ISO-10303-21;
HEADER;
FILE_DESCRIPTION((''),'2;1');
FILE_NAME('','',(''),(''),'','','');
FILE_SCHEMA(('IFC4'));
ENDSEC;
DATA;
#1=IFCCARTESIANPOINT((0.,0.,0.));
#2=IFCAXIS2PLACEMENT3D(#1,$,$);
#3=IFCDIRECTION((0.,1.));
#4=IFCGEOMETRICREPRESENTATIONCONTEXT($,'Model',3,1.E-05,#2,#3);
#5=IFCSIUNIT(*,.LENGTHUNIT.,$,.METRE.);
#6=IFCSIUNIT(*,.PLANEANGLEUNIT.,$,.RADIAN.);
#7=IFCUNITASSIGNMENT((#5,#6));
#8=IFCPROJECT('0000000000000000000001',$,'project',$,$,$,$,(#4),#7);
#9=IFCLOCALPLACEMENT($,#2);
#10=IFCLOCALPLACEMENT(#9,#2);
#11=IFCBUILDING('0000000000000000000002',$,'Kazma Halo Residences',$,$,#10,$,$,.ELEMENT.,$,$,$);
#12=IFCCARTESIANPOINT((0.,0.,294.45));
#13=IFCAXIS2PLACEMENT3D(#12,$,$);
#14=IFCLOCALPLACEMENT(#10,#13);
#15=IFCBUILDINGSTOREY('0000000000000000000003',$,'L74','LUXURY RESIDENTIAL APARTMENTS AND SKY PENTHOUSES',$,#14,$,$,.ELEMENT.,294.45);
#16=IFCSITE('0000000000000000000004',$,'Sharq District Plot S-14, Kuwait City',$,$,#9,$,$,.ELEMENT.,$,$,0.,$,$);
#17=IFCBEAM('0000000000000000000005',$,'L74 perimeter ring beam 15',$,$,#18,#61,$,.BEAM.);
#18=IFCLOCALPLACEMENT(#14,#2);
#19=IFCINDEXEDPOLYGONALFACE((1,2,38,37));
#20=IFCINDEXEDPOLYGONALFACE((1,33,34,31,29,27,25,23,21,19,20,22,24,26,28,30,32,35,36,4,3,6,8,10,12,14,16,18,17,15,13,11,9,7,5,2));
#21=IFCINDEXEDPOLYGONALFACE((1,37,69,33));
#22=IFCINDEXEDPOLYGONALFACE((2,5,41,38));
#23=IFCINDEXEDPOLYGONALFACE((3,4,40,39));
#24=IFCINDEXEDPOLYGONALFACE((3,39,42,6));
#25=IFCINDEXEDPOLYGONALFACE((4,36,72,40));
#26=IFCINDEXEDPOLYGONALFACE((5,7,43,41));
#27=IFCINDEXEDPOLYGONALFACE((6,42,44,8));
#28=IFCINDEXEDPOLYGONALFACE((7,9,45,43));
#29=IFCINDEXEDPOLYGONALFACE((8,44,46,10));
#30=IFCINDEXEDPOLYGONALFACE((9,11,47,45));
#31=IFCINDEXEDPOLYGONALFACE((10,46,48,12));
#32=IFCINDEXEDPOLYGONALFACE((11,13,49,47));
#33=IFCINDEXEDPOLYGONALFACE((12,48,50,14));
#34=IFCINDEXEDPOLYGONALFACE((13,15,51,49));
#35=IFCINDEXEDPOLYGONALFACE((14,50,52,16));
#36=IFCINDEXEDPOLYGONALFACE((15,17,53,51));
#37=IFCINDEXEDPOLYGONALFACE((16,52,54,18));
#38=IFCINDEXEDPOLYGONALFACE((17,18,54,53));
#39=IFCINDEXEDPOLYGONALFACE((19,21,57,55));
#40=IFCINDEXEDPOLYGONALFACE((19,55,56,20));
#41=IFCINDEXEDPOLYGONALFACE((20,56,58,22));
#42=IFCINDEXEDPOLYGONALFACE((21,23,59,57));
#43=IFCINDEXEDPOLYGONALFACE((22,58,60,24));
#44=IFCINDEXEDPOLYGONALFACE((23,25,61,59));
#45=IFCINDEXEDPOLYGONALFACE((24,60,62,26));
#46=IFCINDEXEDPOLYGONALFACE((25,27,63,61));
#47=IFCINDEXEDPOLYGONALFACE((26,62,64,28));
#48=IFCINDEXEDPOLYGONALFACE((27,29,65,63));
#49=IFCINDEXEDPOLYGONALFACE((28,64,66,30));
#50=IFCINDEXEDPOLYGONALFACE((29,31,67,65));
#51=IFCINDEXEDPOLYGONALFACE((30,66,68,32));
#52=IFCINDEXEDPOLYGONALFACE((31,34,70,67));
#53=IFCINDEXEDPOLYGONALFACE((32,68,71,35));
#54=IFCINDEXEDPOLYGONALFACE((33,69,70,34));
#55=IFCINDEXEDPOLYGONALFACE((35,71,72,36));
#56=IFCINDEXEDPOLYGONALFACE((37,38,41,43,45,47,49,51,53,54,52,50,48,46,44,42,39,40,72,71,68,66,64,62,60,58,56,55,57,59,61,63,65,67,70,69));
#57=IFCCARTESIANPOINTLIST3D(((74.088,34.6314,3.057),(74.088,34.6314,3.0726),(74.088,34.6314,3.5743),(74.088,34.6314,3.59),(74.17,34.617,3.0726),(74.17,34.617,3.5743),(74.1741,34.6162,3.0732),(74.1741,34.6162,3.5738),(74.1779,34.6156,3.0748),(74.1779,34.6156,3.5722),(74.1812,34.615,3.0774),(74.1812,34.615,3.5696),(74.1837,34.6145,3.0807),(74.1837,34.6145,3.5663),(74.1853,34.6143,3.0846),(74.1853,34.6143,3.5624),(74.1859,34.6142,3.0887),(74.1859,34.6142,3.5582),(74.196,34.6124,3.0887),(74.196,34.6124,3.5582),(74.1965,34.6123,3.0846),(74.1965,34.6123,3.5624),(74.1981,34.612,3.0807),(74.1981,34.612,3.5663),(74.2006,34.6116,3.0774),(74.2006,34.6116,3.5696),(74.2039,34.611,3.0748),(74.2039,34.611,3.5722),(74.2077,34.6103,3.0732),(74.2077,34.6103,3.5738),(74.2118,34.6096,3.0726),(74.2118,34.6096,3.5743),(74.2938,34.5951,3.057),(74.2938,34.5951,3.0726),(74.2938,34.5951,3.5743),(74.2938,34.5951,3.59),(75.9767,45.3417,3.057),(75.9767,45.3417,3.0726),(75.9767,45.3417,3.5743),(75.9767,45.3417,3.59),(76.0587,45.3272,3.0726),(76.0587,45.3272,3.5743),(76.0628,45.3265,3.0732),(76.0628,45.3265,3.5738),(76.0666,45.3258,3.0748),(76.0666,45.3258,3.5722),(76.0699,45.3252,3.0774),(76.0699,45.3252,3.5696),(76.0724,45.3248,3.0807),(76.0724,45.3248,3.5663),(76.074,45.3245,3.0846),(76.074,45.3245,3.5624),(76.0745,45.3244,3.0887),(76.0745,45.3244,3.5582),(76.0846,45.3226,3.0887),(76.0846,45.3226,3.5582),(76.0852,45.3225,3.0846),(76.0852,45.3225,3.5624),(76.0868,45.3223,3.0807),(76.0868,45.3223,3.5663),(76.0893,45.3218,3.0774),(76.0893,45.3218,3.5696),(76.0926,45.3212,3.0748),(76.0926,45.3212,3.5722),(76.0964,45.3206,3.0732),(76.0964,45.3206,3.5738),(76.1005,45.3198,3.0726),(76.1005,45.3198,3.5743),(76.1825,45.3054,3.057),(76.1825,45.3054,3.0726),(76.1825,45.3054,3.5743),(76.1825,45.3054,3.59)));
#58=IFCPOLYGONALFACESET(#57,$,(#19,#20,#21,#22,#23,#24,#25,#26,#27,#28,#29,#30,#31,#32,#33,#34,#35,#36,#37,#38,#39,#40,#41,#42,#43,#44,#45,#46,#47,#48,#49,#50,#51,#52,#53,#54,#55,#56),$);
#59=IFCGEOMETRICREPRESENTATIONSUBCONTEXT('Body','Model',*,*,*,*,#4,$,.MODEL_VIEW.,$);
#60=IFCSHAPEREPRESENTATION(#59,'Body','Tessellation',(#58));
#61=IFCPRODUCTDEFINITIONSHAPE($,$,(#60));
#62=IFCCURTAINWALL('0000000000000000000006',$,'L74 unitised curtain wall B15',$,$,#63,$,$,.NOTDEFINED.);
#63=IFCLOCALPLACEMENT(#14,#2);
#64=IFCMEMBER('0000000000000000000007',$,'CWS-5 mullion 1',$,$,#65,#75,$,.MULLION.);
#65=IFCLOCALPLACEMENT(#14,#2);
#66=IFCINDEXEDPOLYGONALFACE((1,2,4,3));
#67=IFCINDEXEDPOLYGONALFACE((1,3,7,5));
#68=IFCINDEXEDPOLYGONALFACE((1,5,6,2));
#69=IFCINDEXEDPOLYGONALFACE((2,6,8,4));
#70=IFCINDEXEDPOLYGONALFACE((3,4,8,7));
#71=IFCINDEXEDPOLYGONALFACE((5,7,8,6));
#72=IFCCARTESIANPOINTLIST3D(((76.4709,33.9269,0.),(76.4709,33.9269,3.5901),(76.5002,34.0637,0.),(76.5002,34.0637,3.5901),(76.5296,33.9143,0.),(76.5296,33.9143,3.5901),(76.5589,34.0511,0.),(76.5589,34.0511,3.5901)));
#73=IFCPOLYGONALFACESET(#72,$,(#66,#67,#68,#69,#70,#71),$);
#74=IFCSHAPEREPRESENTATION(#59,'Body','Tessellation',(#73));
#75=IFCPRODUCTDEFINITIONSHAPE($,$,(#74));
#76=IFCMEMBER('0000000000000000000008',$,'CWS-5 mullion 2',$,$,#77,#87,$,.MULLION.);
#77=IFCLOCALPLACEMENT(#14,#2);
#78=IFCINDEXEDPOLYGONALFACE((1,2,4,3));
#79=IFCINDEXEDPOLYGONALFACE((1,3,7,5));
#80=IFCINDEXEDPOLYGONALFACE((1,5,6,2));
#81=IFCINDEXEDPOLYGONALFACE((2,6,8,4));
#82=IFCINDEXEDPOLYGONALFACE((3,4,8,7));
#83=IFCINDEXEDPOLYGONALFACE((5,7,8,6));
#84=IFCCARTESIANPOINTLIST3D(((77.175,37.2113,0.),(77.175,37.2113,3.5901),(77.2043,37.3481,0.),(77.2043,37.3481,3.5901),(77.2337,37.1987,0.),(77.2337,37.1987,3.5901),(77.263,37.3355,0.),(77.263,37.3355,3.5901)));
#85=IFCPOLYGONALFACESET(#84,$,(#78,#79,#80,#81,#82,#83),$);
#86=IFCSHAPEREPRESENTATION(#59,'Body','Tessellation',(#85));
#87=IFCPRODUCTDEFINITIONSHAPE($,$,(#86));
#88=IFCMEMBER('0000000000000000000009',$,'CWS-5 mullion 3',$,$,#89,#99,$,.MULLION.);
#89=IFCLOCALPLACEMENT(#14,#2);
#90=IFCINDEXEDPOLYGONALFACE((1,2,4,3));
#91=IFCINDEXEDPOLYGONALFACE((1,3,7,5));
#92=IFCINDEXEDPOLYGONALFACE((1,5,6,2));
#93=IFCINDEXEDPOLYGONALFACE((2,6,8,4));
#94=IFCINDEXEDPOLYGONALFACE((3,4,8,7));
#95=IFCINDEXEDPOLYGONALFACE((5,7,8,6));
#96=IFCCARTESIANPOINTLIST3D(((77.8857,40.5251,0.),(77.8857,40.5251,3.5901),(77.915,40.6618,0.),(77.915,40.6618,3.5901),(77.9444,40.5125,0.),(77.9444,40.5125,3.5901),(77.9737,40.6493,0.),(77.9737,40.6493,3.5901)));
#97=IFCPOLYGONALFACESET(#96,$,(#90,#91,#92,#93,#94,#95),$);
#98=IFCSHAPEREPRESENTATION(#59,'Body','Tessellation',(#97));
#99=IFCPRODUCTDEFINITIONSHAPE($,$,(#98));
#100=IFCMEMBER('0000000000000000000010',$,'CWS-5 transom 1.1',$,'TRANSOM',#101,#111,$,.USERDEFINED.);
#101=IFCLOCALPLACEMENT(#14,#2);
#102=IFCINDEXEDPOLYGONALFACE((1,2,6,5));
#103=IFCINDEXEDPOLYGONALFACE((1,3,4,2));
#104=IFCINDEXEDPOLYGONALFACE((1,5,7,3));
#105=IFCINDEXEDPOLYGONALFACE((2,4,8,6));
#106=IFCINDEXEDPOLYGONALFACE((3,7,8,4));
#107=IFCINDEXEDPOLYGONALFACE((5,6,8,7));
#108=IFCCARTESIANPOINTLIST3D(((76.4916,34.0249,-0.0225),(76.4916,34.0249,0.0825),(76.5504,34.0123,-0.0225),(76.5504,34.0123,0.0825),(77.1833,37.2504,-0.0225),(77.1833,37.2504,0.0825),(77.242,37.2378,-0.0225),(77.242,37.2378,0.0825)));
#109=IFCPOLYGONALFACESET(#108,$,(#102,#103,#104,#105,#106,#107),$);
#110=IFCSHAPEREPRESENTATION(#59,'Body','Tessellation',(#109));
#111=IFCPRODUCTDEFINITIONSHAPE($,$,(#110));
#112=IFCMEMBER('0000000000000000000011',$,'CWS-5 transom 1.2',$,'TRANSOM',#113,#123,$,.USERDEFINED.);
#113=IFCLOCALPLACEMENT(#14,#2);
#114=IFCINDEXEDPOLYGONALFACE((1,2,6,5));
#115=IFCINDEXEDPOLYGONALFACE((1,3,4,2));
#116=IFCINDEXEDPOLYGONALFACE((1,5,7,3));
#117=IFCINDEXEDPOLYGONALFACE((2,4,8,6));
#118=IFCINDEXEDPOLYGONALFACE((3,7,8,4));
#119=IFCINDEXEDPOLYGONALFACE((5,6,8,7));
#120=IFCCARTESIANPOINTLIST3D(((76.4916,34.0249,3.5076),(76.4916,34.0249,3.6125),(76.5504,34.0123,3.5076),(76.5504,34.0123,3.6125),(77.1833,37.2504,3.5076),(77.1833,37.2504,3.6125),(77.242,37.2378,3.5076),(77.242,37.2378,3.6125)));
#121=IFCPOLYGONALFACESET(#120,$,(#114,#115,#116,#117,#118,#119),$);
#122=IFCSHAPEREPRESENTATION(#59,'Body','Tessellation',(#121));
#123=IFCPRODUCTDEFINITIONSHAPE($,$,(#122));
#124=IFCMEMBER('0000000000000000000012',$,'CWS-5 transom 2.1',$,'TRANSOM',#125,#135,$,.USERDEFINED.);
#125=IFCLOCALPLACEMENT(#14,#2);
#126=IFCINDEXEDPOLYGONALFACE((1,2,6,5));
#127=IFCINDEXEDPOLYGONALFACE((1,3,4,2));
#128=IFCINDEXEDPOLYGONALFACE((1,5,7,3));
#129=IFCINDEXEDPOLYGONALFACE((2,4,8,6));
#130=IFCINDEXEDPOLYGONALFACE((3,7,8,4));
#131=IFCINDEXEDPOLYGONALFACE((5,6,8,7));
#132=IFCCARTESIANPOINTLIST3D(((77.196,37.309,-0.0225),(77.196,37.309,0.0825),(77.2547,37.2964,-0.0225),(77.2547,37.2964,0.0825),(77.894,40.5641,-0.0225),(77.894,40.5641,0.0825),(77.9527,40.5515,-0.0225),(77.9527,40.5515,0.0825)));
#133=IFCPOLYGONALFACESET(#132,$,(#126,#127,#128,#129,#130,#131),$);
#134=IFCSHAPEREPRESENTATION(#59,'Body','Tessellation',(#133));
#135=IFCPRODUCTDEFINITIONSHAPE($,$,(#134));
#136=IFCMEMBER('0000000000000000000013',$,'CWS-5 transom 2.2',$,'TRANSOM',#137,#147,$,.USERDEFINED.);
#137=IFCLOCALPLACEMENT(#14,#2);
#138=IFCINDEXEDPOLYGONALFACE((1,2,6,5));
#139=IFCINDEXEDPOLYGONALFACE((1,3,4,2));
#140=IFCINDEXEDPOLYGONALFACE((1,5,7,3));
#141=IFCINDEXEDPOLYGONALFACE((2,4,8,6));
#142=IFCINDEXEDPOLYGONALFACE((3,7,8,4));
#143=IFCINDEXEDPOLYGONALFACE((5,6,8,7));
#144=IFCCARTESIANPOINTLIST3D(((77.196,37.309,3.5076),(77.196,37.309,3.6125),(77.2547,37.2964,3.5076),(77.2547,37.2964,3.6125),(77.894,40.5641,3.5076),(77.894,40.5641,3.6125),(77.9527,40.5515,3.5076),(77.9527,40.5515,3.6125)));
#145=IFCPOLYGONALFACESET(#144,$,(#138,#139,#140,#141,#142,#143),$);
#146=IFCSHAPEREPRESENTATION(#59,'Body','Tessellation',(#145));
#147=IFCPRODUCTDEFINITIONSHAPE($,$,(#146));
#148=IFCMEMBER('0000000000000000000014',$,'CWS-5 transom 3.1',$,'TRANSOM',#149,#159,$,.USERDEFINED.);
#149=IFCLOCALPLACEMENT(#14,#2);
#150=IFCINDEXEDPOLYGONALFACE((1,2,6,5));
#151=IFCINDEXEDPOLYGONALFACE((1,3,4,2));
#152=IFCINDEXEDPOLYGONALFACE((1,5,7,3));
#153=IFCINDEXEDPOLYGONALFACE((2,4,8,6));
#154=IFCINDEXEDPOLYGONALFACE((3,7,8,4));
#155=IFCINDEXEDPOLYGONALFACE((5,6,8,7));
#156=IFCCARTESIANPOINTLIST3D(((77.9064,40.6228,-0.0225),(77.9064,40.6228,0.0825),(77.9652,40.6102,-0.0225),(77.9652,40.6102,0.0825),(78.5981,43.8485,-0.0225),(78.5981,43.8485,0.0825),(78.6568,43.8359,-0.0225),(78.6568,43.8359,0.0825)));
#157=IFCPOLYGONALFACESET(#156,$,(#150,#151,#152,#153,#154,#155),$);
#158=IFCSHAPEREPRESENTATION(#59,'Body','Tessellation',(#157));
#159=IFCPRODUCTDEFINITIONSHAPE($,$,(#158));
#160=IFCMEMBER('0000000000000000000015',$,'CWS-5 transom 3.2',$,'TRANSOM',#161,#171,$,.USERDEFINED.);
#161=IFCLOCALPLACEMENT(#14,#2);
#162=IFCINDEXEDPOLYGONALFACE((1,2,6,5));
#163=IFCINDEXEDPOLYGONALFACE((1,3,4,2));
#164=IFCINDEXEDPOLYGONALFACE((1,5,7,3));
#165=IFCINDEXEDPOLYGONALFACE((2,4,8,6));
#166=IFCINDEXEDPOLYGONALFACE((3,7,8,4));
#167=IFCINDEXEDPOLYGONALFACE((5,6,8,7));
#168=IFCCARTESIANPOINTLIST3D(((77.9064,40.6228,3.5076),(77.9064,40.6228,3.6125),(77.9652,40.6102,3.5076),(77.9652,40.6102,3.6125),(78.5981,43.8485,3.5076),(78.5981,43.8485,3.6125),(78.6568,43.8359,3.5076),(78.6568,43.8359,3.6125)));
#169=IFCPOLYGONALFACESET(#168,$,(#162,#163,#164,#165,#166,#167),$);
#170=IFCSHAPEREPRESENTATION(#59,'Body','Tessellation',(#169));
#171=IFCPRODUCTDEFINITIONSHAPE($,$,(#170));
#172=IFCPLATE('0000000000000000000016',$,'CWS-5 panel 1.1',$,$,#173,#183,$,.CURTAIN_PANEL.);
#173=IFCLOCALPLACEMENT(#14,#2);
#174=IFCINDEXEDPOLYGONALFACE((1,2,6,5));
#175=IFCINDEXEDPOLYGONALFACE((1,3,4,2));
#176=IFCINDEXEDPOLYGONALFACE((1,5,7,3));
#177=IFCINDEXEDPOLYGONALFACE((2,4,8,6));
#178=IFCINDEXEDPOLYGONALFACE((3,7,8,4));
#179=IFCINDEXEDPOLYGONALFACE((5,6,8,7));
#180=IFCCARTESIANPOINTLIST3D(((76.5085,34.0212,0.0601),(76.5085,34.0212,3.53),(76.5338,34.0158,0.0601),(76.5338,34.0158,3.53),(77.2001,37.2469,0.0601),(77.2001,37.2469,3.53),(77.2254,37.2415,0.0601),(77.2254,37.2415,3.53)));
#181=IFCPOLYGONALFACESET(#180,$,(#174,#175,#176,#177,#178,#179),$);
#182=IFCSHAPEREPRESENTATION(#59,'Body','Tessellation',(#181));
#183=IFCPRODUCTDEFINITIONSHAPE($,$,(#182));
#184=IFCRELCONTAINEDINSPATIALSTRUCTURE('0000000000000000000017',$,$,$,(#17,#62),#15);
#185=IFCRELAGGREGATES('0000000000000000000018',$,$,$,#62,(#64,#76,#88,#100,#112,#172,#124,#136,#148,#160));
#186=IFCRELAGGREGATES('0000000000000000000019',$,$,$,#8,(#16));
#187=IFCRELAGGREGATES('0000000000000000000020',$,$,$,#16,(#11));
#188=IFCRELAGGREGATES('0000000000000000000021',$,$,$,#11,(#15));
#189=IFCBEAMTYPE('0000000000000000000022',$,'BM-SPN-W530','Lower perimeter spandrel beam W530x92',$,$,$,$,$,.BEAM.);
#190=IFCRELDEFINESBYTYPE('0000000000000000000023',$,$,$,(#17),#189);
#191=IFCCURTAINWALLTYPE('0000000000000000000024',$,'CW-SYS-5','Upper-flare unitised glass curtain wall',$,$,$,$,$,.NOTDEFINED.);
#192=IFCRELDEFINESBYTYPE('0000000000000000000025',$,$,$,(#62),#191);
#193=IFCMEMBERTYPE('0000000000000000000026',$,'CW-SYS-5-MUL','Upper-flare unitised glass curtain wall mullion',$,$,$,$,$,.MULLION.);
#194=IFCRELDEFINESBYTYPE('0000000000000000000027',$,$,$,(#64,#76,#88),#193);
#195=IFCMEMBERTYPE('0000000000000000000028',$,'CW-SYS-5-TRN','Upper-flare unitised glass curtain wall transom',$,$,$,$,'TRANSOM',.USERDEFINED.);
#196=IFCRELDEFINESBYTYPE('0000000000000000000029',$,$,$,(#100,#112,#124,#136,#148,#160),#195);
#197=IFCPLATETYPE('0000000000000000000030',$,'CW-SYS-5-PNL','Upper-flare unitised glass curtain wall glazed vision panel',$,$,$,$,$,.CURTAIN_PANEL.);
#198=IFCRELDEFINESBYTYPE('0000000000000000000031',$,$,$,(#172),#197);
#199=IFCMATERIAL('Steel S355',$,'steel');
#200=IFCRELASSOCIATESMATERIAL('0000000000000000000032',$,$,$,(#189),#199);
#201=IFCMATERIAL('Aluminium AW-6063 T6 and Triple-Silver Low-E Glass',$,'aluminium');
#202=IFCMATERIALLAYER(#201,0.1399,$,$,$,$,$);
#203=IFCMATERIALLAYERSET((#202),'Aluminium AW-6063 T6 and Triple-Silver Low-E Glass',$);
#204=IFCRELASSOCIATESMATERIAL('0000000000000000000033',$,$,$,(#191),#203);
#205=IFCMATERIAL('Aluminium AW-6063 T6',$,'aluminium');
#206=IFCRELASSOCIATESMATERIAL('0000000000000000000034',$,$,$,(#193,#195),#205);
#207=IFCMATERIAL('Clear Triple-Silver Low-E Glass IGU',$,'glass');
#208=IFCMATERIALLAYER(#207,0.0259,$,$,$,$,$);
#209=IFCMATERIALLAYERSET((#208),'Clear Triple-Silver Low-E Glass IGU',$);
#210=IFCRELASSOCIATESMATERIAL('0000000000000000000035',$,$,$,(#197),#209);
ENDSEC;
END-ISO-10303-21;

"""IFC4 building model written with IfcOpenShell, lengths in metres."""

from ifc_helpers import new_model, si_unit, direction, frame, origin, origin_2d, place, context, subcontext, project, spatial, rectangle, i_section, extrude, material, layer, layer_set, material_profile, profile_set, type_object, element, aggregate, save


model = new_model("IFC4")

# Units and contexts
model_context = context("Model", 3, precision=1e-05, world=origin(), true_north=direction((0.0, 1.0)))
body_context = subcontext(model_context, "Body", "Model", "MODEL_VIEW")
ifc_project = project(units=[si_unit("LENGTHUNIT", "METRE"), si_unit("PLANEANGLEUNIT", "RADIAN")], contexts=[model_context])

# Site, building, storey
site_placement = place(None, origin())
site = spatial("IfcSite", under=ifc_project, at=site_placement, Name="Sharq District Plot S-14, Kuwait City", CompositionType="ELEMENT", RefElevation=0.0)
building_placement = place(site_placement, origin())
building = spatial("IfcBuilding", under=site, at=building_placement, Name="Kazma Halo Residences", CompositionType="ELEMENT")
storey_placement = place(building_placement, frame((0.0, 0.0, 294.45)))
storey = spatial("IfcBuildingStorey", under=building, at=storey_placement, Name="L74", Description="LUXURY RESIDENTIAL APARTMENTS AND SKY PENTHOUSES", CompositionType="ELEMENT", Elevation=294.45)

# Beam
ifc_material_1 = material(Name="Steel S355", Category="steel")
ifc_material_profile_1 = material_profile(ifc_material_1, i_section(OverallWidth=0.209, OverallDepth=0.533, WebThickness=0.0103, FlangeThickness=0.0156, FilletRadius=0.0161, at=origin_2d()), Name="W530x92")
ifc_profile_set_1 = profile_set([ifc_material_profile_1], Name="Steel S355")
beam_type_1 = type_object("IfcBeamType", Name="BM-SPN-W530", Description="Lower perimeter spandrel beam W530x92", PredefinedType="BEAM", material=ifc_profile_set_1)
beam_1_placement = place(storey_placement, frame((74.1909, 34.6133, 3.3235), z_axis=(0.173664, 0.984805, 0.0), x_axis=(-0.984805, 0.173664, 0.0)))
element("IfcBeam", 1, at=beam_1_placement, inside=storey, type_object=beam_type_1, Name="L74 perimeter ring beam 15", PredefinedType="BEAM", context=body_context, shape_type="SweptSolid", body=[
    extrude(i_section(OverallWidth=0.209, OverallDepth=0.533, WebThickness=0.0103, FlangeThickness=0.0156, FilletRadius=0.0161, at=origin_2d()), origin(), (0.0, 0.0, 1.0), 10.8755),
])

# Curtain wall, members, plate
ifc_material_2 = material(Name="Aluminium AW-6063 T6 and Triple-Silver Low-E Glass", Category="aluminium")
ifc_layer_1 = layer(ifc_material_2, 0.1399)
ifc_layer_set_1 = layer_set([ifc_layer_1], Name="Aluminium AW-6063 T6 and Triple-Silver Low-E Glass")
curtain_wall_type = type_object("IfcCurtainWallType", Name="CW-SYS-5", Description="Upper-flare unitised glass curtain wall", PredefinedType="NOTDEFINED", material=ifc_layer_set_1)
curtain_wall_placement = place(storey_placement, origin())
curtain_wall = element("IfcCurtainWall", 2, at=curtain_wall_placement, inside=storey, type_object=curtain_wall_type, Name="L74 unitised curtain wall B15", PredefinedType="NOTDEFINED")
ifc_material_3 = material(Name="Aluminium AW-6063 T6", Category="aluminium")
ifc_material_profile_2 = material_profile(ifc_material_3, rectangle(XDim=0.0601, YDim=0.1399, at=origin_2d()), Name="CWM-60x140")
ifc_profile_set_2 = profile_set([ifc_material_profile_2], Name="Aluminium AW-6063 T6")
member_type_1 = type_object("IfcMemberType", Name="CW-SYS-5-MUL", Description="Upper-flare unitised glass curtain wall mullion", PredefinedType="MULLION", material=ifc_profile_set_2)
member_1_placement = place(storey_placement, frame((76.5149, 33.989, 0.0), z_axis=(0.0, 0.0, 1.0), x_axis=(-0.977775, 0.209657, 0.0)))
member_1 = element("IfcMember", 3, at=member_1_placement, type_object=member_type_1, Name="CWS-5 mullion 1", PredefinedType="MULLION", context=body_context, shape_type="SweptSolid", body=[
    extrude(rectangle(XDim=0.0601, YDim=0.1399, at=origin_2d()), origin(), (0.0, 0.0, 1.0), 3.5901),
])
member_2_placement = place(storey_placement, frame((77.219, 37.2734, 0.0), z_axis=(0.0, 0.0, 1.0), x_axis=(-0.977775, 0.209657, 0.0)))
member_2 = element("IfcMember", 4, at=member_2_placement, type_object=member_type_1, Name="CWS-5 mullion 2", PredefinedType="MULLION", context=body_context, shape_type="SweptSolid", body=[
    extrude(rectangle(XDim=0.0601, YDim=0.1399, at=origin_2d()), origin(), (0.0, 0.0, 1.0), 3.5901),
])
member_3_placement = place(storey_placement, frame((77.9297, 40.5872, 0.0), z_axis=(0.0, 0.0, 1.0), x_axis=(-0.977775, 0.209657, 0.0)))
member_3 = element("IfcMember", 5, at=member_3_placement, type_object=member_type_1, Name="CWS-5 mullion 3", PredefinedType="MULLION", context=body_context, shape_type="SweptSolid", body=[
    extrude(rectangle(XDim=0.0601, YDim=0.1399, at=origin_2d()), origin(), (0.0, 0.0, 1.0), 3.5901),
])
ifc_material_profile_3 = material_profile(ifc_material_3, rectangle(XDim=0.0601, YDim=0.105, at=origin_2d()), Name="CWT-60x105")
ifc_profile_set_3 = profile_set([ifc_material_profile_3], Name="Aluminium AW-6063 T6")
member_type_2 = type_object("IfcMemberType", Name="CW-SYS-5-TRN", Description="Upper-flare unitised glass curtain wall transom", ElementType="TRANSOM", PredefinedType="USERDEFINED", material=ifc_profile_set_3)
member_4_placement = place(storey_placement, frame((76.521, 34.0186, 0.03), z_axis=(0.20966, 0.977774, 0.0), x_axis=(-0.977774, 0.20966, 0.0)))
member_4 = element("IfcMember", 6, at=member_4_placement, type_object=member_type_2, Name="CWS-5 transom 1.1", ObjectType="TRANSOM", PredefinedType="USERDEFINED", context=body_context, shape_type="SweptSolid", body=[
    extrude(rectangle(XDim=0.0601, YDim=0.105, at=origin_2d()), origin(), (0.0, 0.0, 1.0), 3.2988),
])
member_5_placement = place(storey_placement, frame((76.521, 34.0186, 3.5601), z_axis=(0.20966, 0.977774, 0.0), x_axis=(-0.977774, 0.20966, 0.0)))
member_5 = element("IfcMember", 7, at=member_5_placement, type_object=member_type_2, Name="CWS-5 transom 1.2", ObjectType="TRANSOM", PredefinedType="USERDEFINED", context=body_context, shape_type="SweptSolid", body=[
    extrude(rectangle(XDim=0.0601, YDim=0.105, at=origin_2d()), origin(), (0.0, 0.0, 1.0), 3.2988),
])
member_6_placement = place(storey_placement, frame((77.2253, 37.3027, 0.03), z_axis=(0.209664, 0.977773, 0.0), x_axis=(-0.977773, 0.209664, 0.0)))
member_6 = element("IfcMember", 8, at=member_6_placement, type_object=member_type_2, Name="CWS-5 transom 2.1", ObjectType="TRANSOM", PredefinedType="USERDEFINED", context=body_context, shape_type="SweptSolid", body=[
    extrude(rectangle(XDim=0.0601, YDim=0.105, at=origin_2d()), origin(), (0.0, 0.0, 1.0), 3.3291),
])
member_7_placement = place(storey_placement, frame((77.2253, 37.3027, 3.5601), z_axis=(0.209664, 0.977773, 0.0), x_axis=(-0.977773, 0.209664, 0.0)))
member_7 = element("IfcMember", 9, at=member_7_placement, type_object=member_type_2, Name="CWS-5 transom 2.2", ObjectType="TRANSOM", PredefinedType="USERDEFINED", context=body_context, shape_type="SweptSolid", body=[
    extrude(rectangle(XDim=0.0601, YDim=0.105, at=origin_2d()), origin(), (0.0, 0.0, 1.0), 3.3291),
])
member_8_placement = place(storey_placement, frame((77.9358, 40.6165, 0.03), z_axis=(0.209645, 0.977777, 0.0), x_axis=(-0.977777, 0.209645, 0.0)))
member_8 = element("IfcMember", 10, at=member_8_placement, type_object=member_type_2, Name="CWS-5 transom 3.1", ObjectType="TRANSOM", PredefinedType="USERDEFINED", context=body_context, shape_type="SweptSolid", body=[
    extrude(rectangle(XDim=0.0601, YDim=0.105, at=origin_2d()), origin(), (0.0, 0.0, 1.0), 3.2991),
])
member_9_placement = place(storey_placement, frame((77.9358, 40.6165, 3.5601), z_axis=(0.209645, 0.977777, 0.0), x_axis=(-0.977777, 0.209645, 0.0)))
member_9 = element("IfcMember", 11, at=member_9_placement, type_object=member_type_2, Name="CWS-5 transom 3.2", ObjectType="TRANSOM", PredefinedType="USERDEFINED", context=body_context, shape_type="SweptSolid", body=[
    extrude(rectangle(XDim=0.0601, YDim=0.105, at=origin_2d()), origin(), (0.0, 0.0, 1.0), 3.2991),
])
ifc_material_4 = material(Name="Clear Triple-Silver Low-E Glass IGU", Category="glass")
ifc_layer_2 = layer(ifc_material_4, 0.0259)
ifc_layer_set_2 = layer_set([ifc_layer_2], Name="Clear Triple-Silver Low-E Glass IGU")
plate_type = type_object("IfcPlateType", Name="CW-SYS-5-PNL", Description="Upper-flare unitised glass curtain wall glazed vision panel", PredefinedType="CURTAIN_PANEL", material=ifc_layer_set_2)
plate_1_placement = place(storey_placement, frame((76.8669, 35.6313, 0.0601), z_axis=(0.0, 0.0, 1.0), x_axis=(0.209657, 0.977775, 0.0)))
plate_1 = element("IfcPlate", 12, at=plate_1_placement, type_object=plate_type, Name="CWS-5 panel 1.1", PredefinedType="CURTAIN_PANEL", context=body_context, shape_type="SweptSolid", body=[
    extrude(rectangle(XDim=3.2991, YDim=0.0259, at=origin_2d()), origin(), (0.0, 0.0, 1.0), 3.47),
])
aggregate(curtain_wall, [member_1, member_2, member_3, member_4, member_5, plate_1, member_6, member_7, member_8, member_9])

save(model, "model.ifc")
